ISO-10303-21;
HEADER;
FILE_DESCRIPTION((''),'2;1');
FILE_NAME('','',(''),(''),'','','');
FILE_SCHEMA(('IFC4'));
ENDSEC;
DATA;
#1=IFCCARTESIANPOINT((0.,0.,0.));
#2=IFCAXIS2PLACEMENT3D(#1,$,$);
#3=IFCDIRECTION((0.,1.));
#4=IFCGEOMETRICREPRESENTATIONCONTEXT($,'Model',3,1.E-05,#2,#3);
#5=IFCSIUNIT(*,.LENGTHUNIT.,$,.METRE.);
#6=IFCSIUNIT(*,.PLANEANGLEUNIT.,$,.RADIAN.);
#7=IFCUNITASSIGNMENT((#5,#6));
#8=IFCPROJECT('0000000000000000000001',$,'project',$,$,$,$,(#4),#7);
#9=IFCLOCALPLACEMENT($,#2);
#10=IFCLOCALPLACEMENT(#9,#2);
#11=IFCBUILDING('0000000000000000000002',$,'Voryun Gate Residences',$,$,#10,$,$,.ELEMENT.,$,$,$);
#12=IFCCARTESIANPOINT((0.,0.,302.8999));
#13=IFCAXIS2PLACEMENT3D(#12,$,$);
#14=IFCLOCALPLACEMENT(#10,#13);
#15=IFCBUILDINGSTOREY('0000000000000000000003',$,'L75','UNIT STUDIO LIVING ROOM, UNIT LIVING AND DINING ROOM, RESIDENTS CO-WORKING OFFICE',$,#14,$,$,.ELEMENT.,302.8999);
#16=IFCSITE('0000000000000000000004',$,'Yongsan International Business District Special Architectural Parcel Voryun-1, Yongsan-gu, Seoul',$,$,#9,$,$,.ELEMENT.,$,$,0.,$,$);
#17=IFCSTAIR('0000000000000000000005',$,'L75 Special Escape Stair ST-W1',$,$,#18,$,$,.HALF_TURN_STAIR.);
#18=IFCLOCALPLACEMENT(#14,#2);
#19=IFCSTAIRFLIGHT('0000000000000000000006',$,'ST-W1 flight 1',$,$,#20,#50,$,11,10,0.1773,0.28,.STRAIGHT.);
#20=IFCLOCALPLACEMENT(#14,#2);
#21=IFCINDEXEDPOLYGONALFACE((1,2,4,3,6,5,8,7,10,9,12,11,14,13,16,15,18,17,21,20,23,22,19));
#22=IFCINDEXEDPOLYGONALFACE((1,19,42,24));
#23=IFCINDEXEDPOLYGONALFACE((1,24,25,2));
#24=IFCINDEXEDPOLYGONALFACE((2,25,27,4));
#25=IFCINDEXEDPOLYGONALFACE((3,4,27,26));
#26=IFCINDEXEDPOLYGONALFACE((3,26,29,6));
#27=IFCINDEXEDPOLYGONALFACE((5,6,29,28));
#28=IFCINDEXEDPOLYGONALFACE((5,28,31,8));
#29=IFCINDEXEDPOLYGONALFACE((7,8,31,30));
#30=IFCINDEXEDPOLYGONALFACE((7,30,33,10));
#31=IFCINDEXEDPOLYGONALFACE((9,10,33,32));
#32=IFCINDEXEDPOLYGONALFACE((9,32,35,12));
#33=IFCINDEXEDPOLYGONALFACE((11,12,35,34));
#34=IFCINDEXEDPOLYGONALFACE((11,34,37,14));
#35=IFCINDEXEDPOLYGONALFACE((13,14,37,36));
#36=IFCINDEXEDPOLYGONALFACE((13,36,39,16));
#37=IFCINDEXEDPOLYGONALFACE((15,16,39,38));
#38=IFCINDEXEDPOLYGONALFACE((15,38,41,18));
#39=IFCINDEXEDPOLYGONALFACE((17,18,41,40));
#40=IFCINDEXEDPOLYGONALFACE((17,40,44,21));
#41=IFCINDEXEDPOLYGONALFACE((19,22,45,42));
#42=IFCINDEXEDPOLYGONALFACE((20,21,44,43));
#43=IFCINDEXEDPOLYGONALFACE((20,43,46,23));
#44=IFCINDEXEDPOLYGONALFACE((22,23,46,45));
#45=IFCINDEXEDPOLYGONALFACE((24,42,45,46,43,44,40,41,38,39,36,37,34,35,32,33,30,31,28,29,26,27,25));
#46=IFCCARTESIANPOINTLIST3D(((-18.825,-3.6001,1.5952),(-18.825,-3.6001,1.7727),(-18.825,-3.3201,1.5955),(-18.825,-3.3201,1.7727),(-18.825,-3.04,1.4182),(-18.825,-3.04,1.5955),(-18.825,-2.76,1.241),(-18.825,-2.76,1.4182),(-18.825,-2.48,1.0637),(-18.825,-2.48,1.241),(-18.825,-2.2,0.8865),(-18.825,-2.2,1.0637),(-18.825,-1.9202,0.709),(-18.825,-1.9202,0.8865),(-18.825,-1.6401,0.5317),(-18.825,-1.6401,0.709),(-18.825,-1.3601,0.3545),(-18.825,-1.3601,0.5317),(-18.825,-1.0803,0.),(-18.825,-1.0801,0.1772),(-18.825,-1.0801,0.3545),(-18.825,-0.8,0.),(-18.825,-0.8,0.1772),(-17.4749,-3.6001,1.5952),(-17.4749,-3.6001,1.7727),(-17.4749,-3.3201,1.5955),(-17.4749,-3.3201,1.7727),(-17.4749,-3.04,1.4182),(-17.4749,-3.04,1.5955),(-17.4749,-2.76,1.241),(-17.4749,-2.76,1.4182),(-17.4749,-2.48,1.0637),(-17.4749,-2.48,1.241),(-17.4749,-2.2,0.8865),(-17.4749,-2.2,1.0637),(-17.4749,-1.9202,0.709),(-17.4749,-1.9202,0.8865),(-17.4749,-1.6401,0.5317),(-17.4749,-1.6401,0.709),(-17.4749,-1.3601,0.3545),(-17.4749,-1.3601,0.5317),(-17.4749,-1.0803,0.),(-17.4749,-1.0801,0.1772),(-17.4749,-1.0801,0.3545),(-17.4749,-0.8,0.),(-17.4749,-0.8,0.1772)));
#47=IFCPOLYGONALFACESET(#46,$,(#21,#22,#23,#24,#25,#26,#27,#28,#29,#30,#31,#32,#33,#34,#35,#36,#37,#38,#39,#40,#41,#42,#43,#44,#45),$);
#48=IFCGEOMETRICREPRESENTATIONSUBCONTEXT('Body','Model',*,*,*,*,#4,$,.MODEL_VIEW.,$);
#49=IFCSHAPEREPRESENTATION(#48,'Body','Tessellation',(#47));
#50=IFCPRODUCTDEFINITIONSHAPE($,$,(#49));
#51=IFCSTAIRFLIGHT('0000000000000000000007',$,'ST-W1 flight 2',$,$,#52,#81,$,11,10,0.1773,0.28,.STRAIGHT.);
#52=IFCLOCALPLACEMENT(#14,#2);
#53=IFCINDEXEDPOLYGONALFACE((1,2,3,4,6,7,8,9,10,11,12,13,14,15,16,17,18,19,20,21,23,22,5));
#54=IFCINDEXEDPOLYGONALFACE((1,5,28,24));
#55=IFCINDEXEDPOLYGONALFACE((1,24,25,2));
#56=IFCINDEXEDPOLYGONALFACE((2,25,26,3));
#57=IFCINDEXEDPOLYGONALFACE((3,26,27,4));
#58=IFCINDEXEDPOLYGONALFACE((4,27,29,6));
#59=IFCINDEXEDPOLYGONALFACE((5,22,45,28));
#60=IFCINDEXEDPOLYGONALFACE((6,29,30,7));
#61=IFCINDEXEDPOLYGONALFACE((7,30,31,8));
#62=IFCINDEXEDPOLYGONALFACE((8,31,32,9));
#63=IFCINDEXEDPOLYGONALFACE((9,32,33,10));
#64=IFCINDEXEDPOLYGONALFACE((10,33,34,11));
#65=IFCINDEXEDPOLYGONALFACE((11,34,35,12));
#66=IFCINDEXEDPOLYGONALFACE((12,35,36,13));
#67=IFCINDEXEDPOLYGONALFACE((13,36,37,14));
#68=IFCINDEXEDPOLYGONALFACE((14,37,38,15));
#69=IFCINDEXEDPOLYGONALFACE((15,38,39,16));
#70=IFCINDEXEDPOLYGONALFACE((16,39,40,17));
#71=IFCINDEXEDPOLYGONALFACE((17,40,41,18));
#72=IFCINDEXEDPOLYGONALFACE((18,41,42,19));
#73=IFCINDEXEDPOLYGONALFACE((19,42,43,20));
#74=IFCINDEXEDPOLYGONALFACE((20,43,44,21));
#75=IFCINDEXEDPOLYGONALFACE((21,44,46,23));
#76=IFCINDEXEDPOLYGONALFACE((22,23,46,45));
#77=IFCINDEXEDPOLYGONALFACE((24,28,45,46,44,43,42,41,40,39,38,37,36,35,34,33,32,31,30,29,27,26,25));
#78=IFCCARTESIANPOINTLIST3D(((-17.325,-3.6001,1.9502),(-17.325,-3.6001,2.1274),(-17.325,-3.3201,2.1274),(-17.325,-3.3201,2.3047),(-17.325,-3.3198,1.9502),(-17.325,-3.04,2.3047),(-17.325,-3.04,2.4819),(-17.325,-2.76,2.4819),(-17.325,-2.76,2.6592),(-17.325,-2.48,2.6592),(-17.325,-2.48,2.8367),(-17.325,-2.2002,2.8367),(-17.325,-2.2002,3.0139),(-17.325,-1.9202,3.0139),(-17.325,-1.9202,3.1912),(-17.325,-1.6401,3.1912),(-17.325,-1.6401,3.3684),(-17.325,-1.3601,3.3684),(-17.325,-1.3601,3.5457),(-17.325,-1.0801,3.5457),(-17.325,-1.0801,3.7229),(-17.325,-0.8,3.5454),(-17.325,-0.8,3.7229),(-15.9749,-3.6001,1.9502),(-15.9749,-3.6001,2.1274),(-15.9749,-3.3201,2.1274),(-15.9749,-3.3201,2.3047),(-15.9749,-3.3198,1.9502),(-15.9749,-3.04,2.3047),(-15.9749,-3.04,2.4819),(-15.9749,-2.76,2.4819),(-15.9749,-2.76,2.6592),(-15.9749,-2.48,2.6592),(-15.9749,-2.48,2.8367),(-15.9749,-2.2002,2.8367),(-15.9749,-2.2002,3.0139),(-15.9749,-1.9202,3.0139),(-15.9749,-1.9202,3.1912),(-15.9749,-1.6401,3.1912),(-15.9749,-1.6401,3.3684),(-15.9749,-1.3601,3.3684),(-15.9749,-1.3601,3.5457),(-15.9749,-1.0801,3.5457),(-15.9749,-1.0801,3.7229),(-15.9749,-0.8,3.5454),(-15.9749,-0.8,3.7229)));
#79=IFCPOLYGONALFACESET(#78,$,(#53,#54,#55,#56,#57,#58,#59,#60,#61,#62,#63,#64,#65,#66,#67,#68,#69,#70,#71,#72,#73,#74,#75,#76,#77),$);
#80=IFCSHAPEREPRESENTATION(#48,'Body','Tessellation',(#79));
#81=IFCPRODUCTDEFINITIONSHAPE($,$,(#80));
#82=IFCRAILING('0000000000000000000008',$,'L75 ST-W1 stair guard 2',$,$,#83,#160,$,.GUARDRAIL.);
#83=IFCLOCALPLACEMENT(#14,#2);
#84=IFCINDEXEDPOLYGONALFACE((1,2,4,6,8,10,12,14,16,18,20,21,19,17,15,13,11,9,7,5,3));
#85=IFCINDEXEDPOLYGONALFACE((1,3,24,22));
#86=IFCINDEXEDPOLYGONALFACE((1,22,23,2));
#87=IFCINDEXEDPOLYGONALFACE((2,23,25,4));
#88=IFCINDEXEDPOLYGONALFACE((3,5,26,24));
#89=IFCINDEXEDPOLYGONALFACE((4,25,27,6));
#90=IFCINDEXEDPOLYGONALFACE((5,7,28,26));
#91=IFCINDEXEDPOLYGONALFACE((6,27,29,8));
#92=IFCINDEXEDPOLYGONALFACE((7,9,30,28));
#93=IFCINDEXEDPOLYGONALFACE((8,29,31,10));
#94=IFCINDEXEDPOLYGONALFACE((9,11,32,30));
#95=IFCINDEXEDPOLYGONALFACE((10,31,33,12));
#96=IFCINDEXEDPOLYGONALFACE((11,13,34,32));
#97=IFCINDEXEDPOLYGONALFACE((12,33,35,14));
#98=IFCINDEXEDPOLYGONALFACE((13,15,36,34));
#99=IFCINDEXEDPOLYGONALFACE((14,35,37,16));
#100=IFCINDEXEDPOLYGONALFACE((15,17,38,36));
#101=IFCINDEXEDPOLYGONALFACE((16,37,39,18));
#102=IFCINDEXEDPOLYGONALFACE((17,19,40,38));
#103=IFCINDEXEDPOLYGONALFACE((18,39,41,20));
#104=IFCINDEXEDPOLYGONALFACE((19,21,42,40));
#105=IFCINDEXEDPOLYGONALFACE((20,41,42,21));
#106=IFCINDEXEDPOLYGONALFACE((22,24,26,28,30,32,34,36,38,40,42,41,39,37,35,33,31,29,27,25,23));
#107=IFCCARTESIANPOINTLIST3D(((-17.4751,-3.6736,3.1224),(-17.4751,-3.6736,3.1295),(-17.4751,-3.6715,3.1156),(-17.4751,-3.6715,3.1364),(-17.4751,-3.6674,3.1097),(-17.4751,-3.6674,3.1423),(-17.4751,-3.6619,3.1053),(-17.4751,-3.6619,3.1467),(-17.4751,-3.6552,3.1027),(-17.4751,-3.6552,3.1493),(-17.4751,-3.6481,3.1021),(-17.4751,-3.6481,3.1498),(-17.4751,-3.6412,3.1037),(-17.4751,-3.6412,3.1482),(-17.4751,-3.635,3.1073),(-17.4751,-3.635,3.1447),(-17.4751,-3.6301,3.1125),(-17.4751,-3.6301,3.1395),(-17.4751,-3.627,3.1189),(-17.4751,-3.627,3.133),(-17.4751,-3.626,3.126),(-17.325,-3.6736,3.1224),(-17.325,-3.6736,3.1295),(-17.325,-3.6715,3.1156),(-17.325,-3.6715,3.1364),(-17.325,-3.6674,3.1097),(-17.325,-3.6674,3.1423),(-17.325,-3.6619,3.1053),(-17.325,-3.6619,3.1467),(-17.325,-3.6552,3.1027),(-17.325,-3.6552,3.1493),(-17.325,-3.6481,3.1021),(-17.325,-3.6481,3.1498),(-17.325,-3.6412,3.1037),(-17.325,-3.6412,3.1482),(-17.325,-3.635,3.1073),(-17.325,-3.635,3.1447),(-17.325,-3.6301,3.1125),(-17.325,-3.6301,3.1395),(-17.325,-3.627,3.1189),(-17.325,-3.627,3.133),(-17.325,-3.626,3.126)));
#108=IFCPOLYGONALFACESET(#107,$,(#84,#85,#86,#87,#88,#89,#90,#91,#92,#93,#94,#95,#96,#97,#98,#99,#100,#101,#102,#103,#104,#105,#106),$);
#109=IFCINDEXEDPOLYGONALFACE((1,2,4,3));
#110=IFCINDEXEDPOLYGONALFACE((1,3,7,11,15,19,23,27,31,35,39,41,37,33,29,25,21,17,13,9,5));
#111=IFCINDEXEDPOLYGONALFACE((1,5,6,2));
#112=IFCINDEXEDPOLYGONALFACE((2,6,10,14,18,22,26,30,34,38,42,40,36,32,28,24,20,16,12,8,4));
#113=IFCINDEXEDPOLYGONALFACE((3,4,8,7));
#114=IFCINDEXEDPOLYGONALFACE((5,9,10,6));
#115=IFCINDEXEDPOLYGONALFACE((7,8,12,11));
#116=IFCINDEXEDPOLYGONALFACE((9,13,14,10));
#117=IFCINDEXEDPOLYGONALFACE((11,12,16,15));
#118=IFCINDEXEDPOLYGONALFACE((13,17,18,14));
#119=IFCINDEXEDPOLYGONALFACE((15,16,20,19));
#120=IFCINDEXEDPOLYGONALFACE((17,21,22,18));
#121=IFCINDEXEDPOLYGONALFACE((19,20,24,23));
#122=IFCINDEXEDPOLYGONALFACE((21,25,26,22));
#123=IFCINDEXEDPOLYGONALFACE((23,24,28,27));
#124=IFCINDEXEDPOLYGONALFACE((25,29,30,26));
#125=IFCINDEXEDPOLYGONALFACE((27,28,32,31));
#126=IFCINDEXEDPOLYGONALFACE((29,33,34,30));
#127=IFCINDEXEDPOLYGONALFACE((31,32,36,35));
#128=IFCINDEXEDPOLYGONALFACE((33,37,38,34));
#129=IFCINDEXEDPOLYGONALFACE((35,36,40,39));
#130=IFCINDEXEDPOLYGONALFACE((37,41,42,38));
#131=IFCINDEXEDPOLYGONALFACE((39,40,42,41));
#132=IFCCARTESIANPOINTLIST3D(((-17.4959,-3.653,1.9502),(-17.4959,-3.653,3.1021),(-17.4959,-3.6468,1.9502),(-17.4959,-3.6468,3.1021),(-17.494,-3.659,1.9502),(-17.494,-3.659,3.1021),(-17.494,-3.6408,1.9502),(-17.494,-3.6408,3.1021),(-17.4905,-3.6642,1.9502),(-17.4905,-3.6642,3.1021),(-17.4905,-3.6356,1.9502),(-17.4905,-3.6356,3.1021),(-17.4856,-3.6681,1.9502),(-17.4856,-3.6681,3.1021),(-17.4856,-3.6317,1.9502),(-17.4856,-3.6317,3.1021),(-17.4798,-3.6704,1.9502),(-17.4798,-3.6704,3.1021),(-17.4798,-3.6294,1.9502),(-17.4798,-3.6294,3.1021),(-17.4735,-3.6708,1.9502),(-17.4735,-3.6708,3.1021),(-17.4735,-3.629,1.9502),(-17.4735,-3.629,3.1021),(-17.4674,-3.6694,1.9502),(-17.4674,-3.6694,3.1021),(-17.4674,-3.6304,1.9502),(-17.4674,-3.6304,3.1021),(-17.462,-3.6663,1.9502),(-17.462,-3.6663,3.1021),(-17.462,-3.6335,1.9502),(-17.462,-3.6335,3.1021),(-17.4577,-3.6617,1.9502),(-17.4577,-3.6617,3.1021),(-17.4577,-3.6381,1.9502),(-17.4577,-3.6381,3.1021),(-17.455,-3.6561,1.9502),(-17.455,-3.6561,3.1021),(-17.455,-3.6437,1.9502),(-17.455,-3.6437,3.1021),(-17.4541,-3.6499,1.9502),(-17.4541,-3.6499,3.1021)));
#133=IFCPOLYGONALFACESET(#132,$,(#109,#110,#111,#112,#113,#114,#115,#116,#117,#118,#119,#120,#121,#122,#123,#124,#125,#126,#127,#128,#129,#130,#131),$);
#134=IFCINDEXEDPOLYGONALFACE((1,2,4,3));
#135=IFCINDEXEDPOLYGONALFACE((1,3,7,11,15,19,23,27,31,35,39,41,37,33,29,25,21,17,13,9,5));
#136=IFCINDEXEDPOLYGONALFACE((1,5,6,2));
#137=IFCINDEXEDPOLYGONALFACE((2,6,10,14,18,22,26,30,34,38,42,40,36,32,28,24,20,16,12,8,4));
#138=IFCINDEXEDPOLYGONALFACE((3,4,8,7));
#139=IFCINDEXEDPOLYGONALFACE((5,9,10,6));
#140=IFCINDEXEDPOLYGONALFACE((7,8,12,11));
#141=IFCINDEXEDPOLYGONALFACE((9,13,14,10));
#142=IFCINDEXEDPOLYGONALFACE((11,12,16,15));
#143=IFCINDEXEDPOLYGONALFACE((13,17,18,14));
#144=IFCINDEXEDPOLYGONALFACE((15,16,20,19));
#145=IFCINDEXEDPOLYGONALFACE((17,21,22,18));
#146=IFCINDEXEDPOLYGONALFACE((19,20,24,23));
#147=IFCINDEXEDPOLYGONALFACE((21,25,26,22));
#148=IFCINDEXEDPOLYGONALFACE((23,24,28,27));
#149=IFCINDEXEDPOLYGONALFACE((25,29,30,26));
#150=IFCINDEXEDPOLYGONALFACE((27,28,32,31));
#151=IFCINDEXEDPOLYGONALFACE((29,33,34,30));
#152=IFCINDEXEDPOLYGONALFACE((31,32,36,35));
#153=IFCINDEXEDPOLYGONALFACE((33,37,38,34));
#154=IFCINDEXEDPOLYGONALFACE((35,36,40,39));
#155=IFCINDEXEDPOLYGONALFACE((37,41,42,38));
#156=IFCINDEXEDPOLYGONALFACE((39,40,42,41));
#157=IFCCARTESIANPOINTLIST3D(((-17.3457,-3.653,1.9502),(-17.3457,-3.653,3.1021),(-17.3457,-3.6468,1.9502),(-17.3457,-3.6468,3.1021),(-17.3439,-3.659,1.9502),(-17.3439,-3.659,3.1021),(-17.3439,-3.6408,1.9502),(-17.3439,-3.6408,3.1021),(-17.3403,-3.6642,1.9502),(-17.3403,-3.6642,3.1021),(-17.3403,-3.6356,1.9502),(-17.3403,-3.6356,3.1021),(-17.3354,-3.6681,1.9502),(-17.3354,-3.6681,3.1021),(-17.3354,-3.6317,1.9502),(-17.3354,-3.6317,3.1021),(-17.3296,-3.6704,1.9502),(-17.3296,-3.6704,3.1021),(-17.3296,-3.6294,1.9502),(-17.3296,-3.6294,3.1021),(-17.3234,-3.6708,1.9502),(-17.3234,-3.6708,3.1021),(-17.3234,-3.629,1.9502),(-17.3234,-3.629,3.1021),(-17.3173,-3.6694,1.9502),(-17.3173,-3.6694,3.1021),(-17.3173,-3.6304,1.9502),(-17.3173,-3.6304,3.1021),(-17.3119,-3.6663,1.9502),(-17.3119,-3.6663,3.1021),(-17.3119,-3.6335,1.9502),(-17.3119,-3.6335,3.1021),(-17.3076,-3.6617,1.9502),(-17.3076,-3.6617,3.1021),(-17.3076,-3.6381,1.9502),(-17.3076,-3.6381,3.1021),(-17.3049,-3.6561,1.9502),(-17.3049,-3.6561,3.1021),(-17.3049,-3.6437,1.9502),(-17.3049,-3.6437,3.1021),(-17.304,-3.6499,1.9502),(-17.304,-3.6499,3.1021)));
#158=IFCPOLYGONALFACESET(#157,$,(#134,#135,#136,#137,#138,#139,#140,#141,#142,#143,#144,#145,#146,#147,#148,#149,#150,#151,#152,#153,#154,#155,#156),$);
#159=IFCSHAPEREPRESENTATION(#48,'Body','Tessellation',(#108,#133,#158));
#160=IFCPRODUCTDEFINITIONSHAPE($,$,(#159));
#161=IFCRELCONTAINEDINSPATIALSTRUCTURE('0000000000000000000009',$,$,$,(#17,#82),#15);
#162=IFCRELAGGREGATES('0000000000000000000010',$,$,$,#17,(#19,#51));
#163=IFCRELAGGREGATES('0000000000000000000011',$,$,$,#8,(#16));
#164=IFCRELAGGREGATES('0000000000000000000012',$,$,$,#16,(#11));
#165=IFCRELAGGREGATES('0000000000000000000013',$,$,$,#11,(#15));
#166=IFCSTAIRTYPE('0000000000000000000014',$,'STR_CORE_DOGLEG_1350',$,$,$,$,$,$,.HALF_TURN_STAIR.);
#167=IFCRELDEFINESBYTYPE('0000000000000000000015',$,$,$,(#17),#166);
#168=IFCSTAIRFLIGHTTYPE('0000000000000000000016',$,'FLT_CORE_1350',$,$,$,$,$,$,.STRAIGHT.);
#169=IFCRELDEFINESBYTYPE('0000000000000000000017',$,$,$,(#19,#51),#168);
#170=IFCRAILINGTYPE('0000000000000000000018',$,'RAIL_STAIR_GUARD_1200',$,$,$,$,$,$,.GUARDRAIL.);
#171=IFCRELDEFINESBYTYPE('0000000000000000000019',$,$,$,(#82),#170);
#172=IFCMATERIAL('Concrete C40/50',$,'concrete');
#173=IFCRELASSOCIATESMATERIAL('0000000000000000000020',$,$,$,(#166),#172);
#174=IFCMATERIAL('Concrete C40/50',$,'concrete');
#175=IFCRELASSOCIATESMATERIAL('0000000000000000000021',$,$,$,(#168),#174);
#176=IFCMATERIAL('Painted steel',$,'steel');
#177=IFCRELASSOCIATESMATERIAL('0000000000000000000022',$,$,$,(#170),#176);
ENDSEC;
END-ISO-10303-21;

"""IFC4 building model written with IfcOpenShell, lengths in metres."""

from ifc_helpers import new_model, si_unit, direction, frame, origin, origin_2d, place, context, subcontext, project, spatial, polyline, circle, outline, extrude, material, type_object, element, aggregate, save


model = new_model("IFC4")

# Units and contexts
model_context = context("Model", 3, precision=1e-05, world=origin(), true_north=direction((0.0, 1.0)))
body_context = subcontext(model_context, "Body", "Model", "MODEL_VIEW")
ifc_project = project(units=[si_unit("LENGTHUNIT", "METRE"), si_unit("PLANEANGLEUNIT", "RADIAN")], contexts=[model_context])

# Site, building, storey
site_placement = place(None, origin())
site = spatial("IfcSite", under=ifc_project, at=site_placement, Name="Yongsan International Business District Special Architectural Parcel Voryun-1, Yongsan-gu, Seoul", CompositionType="ELEMENT", RefElevation=0.0)
building_placement = place(site_placement, origin())
building = spatial("IfcBuilding", under=site, at=building_placement, Name="Voryun Gate Residences", CompositionType="ELEMENT")
storey_placement = place(building_placement, frame((0.0, 0.0, 302.8999)))
storey = spatial("IfcBuildingStorey", under=building, at=storey_placement, Name="L75", Description="UNIT STUDIO LIVING ROOM, UNIT LIVING AND DINING ROOM, RESIDENTS CO-WORKING OFFICE", CompositionType="ELEMENT", Elevation=302.8999)

# Stair, stair flights
ifc_material_1 = material(Name="Concrete C40/50", Category="concrete")
stair_type = type_object("IfcStairType", Name="STR_CORE_DOGLEG_1350", PredefinedType="HALF_TURN_STAIR", material=ifc_material_1)
stair_placement = place(storey_placement, origin())
stair = element("IfcStair", 1, at=stair_placement, inside=storey, type_object=stair_type, Name="L75 Special Escape Stair ST-W1", PredefinedType="HALF_TURN_STAIR")
ifc_material_2 = material(Name="Concrete C40/50", Category="concrete")
stair_flight_type = type_object("IfcStairFlightType", Name="FLT_CORE_1350", PredefinedType="STRAIGHT", material=ifc_material_2)
stair_flight_1_placement = place(storey_placement, frame((-18.1499, -0.8, 0.0), z_axis=(0.0, 0.0, 1.0), x_axis=(0.0, -1.0, 0.0)))
stair_flight_1 = element("IfcStairFlight", 2, at=stair_flight_1_placement, type_object=stair_flight_type, Name="ST-W1 flight 1", NumberOfRisers=11, NumberOfTreads=10, PredefinedType="STRAIGHT", RiserHeight=0.1773, TreadLength=0.28, context=body_context, shape_type="SweptSolid", body=[
    extrude(outline(polyline([(0.0, 0.0), (0.0, 0.1772), (0.28, 0.1772), (0.28, 0.3545), (0.5601, 0.3545), (0.5601, 0.5317), (0.8401, 0.5317), (0.8401, 0.709), (1.1201, 0.709), (1.1201, 0.8865), (1.3999, 0.8865), (1.3999, 1.0637), (1.6799, 1.0637), (1.6799, 1.241), (1.96, 1.241), (1.96, 1.4182), (2.24, 1.4182), (2.24, 1.5955), (2.52, 1.5955), (2.52, 1.7727), (2.8, 1.7727), (2.8, 1.95), (2.8, 1.5952), (0.2803, 0.0), (0.0, 0.0)])), frame((0.0, 0.675, 0.0), z_axis=(0.0, -1.0, 0.0), x_axis=(1.0, 0.0, 0.0)), (0.0, 0.0, 1.0), 1.3501),
])
stair_flight_2_placement = place(storey_placement, frame((-16.6499, -3.6001, 1.9502), z_axis=(0.0, 0.0, 1.0), x_axis=(0.0, 1.0, 0.0)))
stair_flight_2 = element("IfcStairFlight", 3, at=stair_flight_2_placement, type_object=stair_flight_type, Name="ST-W1 flight 2", NumberOfRisers=11, NumberOfTreads=10, PredefinedType="STRAIGHT", RiserHeight=0.1773, TreadLength=0.28, context=body_context, shape_type="SweptSolid", body=[
    extrude(outline(polyline([(0.0, 0.0), (0.0, 0.1772), (0.28, 0.1772), (0.28, 0.3545), (0.5601, 0.3545), (0.5601, 0.5317), (0.8401, 0.5317), (0.8401, 0.709), (1.1201, 0.709), (1.1201, 0.8865), (1.3999, 0.8865), (1.3999, 1.0637), (1.6799, 1.0637), (1.6799, 1.241), (1.96, 1.241), (1.96, 1.4182), (2.24, 1.4182), (2.24, 1.5955), (2.52, 1.5955), (2.52, 1.7727), (2.8, 1.7727), (2.8, 1.95), (2.8, 1.5952), (0.2803, 0.0), (0.0, 0.0)])), frame((0.0, 0.675, 0.0), z_axis=(0.0, -1.0, 0.0), x_axis=(1.0, 0.0, 0.0)), (0.0, 0.0, 1.0), 1.3501),
])
aggregate(stair, [stair_flight_1, stair_flight_2])

# Railing
ifc_material_3 = material(Name="Painted steel", Category="steel")
railing_type_1 = type_object("IfcRailingType", Name="RAIL_STAIR_GUARD_1200", PredefinedType="GUARDRAIL", material=ifc_material_3)
railing_1_placement = place(storey_placement, frame((-17.4751, -3.6499, 1.9502)))
element("IfcRailing", 4, at=railing_1_placement, inside=storey, type_object=railing_type_1, Name="L75 ST-W1 stair guard 2", PredefinedType="GUARDRAIL", context=body_context, shape_type="SweptSolid", body=[
    extrude(circle(Radius=0.0239, at=origin_2d()), frame((0.0, 0.0, 1.1758), z_axis=(1.0, 0.0, 0.0), x_axis=(0.0, 1.0, 0.0)), (0.0, 0.0, 1.0), 0.1501),
    extrude(circle(Radius=0.021, at=origin_2d()), origin(), (0.0, 0.0, 1.0), 1.1519),
    extrude(circle(Radius=0.021, at=origin_2d()), frame((0.1501, 0.0, 0.0)), (0.0, 0.0, 1.0), 1.1519),
])

save(model, "model.ifc")
